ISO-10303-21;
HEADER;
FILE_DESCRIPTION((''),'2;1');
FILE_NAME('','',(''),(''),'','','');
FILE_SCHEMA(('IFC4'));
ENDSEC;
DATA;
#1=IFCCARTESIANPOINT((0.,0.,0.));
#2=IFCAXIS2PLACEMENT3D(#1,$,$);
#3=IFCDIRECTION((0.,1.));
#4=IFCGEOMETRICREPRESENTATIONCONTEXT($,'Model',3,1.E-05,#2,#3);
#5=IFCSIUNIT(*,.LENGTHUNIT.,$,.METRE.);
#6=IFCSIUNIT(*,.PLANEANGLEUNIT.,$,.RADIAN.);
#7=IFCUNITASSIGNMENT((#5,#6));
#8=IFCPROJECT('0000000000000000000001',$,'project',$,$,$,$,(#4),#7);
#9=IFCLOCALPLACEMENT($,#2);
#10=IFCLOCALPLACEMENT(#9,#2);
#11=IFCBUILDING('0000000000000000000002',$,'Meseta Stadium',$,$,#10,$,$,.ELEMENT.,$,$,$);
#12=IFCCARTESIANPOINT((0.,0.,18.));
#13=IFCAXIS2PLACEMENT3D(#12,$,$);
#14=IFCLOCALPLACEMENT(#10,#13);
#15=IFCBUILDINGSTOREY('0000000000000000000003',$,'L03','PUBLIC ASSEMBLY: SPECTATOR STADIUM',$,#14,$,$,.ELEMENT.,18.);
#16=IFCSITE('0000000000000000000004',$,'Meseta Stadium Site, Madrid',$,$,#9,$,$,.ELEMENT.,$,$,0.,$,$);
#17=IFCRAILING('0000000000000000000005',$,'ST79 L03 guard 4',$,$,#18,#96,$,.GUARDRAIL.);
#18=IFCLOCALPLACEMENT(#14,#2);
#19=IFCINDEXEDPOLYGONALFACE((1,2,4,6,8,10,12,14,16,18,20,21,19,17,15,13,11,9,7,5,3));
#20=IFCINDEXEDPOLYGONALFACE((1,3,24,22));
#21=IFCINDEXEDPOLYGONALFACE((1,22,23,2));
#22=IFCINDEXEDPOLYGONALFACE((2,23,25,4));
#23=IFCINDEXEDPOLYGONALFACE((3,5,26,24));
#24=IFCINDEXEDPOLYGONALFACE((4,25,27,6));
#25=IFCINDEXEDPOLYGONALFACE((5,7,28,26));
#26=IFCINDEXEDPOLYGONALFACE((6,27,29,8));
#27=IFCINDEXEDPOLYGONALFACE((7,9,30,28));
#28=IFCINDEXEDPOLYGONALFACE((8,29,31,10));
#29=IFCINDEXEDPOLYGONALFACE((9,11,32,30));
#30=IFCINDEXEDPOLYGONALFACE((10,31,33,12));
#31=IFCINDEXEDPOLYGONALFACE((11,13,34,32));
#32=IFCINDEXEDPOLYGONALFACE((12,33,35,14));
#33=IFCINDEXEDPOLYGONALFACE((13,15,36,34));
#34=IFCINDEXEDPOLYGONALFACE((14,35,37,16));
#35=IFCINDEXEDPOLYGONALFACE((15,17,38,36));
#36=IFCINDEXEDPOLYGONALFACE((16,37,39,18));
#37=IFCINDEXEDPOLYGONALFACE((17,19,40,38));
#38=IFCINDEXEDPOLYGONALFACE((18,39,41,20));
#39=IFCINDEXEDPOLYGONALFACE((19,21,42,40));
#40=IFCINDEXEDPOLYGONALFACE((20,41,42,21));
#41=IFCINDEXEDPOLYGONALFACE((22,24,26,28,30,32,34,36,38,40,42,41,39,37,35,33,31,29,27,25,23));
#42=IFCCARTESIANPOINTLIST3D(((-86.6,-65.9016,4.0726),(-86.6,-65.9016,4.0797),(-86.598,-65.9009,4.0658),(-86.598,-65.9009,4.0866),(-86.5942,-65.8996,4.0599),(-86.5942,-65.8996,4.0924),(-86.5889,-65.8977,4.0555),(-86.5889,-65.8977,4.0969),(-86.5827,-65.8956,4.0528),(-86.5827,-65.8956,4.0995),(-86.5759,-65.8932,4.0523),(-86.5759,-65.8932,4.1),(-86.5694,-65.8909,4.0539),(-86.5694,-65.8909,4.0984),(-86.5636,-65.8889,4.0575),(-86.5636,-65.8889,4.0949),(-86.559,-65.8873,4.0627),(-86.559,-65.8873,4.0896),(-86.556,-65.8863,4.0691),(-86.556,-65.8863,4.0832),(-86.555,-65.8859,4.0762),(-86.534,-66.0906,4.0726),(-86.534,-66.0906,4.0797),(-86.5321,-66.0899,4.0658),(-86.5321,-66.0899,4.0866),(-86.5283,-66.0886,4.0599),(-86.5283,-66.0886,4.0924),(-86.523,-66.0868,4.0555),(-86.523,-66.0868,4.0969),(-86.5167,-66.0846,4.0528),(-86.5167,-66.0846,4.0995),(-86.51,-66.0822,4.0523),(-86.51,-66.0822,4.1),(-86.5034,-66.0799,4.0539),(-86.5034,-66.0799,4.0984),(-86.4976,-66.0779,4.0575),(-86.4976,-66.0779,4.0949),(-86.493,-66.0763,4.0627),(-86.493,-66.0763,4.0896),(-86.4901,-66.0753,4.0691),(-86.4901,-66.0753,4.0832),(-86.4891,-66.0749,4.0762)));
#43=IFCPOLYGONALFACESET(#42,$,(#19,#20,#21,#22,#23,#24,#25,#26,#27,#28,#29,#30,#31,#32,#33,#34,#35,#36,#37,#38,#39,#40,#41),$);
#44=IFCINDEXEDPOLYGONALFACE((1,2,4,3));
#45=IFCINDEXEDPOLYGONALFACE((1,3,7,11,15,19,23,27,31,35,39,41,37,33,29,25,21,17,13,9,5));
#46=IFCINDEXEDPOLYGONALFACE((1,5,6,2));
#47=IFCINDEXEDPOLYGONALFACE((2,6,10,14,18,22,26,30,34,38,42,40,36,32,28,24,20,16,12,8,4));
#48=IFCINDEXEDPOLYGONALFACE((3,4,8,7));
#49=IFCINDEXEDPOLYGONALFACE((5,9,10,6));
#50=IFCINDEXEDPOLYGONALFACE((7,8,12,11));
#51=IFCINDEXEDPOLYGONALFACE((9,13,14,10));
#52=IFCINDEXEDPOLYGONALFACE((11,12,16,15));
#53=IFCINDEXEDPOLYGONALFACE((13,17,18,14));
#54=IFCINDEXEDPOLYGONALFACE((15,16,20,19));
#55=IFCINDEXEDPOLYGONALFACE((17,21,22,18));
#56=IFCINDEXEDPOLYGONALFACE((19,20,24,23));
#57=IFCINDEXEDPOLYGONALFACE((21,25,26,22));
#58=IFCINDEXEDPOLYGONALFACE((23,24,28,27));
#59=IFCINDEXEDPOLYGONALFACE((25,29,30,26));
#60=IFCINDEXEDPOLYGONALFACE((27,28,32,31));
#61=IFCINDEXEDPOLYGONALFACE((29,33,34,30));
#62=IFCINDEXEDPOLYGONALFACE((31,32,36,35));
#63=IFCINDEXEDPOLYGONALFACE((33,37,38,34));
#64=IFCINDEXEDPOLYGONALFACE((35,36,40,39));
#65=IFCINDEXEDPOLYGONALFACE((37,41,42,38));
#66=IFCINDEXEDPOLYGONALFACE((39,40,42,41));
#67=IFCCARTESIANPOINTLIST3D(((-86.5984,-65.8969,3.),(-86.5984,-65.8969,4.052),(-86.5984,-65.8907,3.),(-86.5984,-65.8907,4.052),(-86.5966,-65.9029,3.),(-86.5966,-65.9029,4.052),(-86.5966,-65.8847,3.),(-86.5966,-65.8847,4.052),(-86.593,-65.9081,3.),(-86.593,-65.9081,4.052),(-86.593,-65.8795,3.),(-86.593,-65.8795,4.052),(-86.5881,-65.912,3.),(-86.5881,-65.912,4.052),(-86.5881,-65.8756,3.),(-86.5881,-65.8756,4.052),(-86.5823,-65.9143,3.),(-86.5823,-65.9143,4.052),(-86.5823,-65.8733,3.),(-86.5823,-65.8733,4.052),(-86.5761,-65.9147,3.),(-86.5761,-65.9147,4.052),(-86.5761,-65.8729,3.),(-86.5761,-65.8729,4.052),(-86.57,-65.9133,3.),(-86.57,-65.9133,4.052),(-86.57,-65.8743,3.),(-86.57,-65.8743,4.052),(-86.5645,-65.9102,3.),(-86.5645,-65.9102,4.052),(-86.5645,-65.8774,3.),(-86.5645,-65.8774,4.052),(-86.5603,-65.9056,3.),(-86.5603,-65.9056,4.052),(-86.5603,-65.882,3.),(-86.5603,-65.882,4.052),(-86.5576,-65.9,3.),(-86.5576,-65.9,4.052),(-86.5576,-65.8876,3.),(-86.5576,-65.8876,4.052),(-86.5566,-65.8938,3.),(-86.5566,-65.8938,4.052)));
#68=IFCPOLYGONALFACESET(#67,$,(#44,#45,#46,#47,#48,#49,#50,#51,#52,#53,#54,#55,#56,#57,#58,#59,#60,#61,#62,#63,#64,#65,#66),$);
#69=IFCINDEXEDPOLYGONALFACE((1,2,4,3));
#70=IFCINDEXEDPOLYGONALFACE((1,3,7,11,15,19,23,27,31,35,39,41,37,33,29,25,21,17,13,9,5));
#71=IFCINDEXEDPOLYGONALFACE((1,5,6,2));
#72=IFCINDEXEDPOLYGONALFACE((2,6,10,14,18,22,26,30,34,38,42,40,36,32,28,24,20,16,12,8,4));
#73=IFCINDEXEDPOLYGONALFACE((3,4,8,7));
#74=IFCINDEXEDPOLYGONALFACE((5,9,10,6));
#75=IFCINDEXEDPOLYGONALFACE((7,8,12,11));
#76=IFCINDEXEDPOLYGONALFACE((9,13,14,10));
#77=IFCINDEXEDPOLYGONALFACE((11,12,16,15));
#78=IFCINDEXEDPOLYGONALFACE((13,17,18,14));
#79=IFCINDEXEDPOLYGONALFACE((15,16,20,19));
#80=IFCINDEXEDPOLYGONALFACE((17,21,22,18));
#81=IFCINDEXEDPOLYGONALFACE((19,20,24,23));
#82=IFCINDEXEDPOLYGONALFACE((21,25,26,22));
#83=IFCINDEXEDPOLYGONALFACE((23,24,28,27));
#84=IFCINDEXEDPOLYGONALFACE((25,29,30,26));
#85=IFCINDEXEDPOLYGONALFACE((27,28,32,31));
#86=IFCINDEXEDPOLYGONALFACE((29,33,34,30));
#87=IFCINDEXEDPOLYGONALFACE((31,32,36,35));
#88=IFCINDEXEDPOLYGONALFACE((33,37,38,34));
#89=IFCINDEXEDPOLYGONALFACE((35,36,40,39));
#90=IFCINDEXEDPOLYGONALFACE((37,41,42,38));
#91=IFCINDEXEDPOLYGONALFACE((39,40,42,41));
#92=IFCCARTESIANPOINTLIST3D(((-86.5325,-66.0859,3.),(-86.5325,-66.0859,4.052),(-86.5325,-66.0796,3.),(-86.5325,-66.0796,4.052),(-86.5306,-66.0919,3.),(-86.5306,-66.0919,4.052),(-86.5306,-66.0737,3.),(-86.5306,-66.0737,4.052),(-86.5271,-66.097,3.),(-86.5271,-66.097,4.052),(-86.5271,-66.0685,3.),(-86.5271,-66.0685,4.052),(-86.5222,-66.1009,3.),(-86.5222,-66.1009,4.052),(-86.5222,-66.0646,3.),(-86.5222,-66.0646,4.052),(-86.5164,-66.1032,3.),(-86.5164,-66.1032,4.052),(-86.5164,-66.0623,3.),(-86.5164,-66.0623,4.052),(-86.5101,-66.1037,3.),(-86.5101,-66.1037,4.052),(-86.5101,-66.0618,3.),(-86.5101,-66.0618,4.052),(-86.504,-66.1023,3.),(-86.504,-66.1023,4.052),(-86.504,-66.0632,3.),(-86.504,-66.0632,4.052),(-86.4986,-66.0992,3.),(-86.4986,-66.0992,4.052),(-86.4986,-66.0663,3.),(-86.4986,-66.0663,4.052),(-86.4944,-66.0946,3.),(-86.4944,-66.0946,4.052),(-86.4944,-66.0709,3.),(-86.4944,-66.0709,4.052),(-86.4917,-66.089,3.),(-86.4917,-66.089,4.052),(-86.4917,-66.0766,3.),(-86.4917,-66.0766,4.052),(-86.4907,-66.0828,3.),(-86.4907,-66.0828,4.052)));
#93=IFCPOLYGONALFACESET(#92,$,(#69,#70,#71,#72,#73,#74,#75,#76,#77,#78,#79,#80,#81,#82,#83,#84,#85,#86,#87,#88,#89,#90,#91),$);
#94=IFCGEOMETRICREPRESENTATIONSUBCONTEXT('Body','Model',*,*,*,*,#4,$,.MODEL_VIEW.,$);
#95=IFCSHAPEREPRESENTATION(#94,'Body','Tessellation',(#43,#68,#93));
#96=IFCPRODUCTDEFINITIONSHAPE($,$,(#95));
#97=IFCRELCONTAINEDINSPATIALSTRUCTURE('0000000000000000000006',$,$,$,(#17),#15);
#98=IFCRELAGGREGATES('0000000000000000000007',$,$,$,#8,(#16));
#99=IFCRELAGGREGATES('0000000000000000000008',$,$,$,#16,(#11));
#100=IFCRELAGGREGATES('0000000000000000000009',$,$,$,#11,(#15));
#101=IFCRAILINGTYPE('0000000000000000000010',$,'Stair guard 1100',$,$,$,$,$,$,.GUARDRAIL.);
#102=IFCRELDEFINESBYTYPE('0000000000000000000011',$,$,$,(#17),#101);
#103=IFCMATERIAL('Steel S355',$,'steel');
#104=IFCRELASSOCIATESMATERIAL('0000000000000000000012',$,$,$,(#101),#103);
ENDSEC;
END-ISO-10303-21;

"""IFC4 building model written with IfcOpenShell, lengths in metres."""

from ifc_helpers import new_model, si_unit, direction, frame, origin, origin_2d, place, context, subcontext, project, spatial, circle, extrude, material, type_object, element, save


model = new_model("IFC4")

# Units and contexts
model_context = context("Model", 3, precision=1e-05, world=origin(), true_north=direction((0.0, 1.0)))
body_context = subcontext(model_context, "Body", "Model", "MODEL_VIEW")
ifc_project = project(units=[si_unit("LENGTHUNIT", "METRE"), si_unit("PLANEANGLEUNIT", "RADIAN")], contexts=[model_context])

# Site, building, storey
site_placement = place(None, origin())
site = spatial("IfcSite", under=ifc_project, at=site_placement, Name="Meseta Stadium Site, Madrid", CompositionType="ELEMENT", RefElevation=0.0)
building_placement = place(site_placement, origin())
building = spatial("IfcBuilding", under=site, at=building_placement, Name="Meseta Stadium", CompositionType="ELEMENT")
storey_placement = place(building_placement, frame((0.0, 0.0, 18.0)))
storey = spatial("IfcBuildingStorey", under=building, at=storey_placement, Name="L03", Description="PUBLIC ASSEMBLY: SPECTATOR STADIUM", CompositionType="ELEMENT", Elevation=18.0)

# Railing
ifc_material_1 = material(Name="Steel S355", Category="steel")
railing_type_1 = type_object("IfcRailingType", Name="Stair guard 1100", PredefinedType="GUARDRAIL", material=ifc_material_1)
railing_1_placement = place(storey_placement, frame((-86.5776, -65.8938, 3.0)))
element("IfcRailing", 1, at=railing_1_placement, inside=storey, type_object=railing_type_1, Name="ST79 L03 guard 4", PredefinedType="GUARDRAIL", context=body_context, shape_type="SweptSolid", body=[
    extrude(circle(Radius=0.0239, at=origin_2d()), frame((0.0, 0.0, 1.0762), z_axis=(0.329372, -0.9442, 0.0), x_axis=(0.9442, 0.329372, 0.0)), (0.0, 0.0, 1.0), 0.2002),
    extrude(circle(Radius=0.021, at=origin_2d()), origin(), (0.0, 0.0, 1.0), 1.052),
    extrude(circle(Radius=0.021, at=origin_2d()), frame((0.0659, -0.189, 0.0)), (0.0, 0.0, 1.0), 1.052),
])

save(model, "model.ifc")
